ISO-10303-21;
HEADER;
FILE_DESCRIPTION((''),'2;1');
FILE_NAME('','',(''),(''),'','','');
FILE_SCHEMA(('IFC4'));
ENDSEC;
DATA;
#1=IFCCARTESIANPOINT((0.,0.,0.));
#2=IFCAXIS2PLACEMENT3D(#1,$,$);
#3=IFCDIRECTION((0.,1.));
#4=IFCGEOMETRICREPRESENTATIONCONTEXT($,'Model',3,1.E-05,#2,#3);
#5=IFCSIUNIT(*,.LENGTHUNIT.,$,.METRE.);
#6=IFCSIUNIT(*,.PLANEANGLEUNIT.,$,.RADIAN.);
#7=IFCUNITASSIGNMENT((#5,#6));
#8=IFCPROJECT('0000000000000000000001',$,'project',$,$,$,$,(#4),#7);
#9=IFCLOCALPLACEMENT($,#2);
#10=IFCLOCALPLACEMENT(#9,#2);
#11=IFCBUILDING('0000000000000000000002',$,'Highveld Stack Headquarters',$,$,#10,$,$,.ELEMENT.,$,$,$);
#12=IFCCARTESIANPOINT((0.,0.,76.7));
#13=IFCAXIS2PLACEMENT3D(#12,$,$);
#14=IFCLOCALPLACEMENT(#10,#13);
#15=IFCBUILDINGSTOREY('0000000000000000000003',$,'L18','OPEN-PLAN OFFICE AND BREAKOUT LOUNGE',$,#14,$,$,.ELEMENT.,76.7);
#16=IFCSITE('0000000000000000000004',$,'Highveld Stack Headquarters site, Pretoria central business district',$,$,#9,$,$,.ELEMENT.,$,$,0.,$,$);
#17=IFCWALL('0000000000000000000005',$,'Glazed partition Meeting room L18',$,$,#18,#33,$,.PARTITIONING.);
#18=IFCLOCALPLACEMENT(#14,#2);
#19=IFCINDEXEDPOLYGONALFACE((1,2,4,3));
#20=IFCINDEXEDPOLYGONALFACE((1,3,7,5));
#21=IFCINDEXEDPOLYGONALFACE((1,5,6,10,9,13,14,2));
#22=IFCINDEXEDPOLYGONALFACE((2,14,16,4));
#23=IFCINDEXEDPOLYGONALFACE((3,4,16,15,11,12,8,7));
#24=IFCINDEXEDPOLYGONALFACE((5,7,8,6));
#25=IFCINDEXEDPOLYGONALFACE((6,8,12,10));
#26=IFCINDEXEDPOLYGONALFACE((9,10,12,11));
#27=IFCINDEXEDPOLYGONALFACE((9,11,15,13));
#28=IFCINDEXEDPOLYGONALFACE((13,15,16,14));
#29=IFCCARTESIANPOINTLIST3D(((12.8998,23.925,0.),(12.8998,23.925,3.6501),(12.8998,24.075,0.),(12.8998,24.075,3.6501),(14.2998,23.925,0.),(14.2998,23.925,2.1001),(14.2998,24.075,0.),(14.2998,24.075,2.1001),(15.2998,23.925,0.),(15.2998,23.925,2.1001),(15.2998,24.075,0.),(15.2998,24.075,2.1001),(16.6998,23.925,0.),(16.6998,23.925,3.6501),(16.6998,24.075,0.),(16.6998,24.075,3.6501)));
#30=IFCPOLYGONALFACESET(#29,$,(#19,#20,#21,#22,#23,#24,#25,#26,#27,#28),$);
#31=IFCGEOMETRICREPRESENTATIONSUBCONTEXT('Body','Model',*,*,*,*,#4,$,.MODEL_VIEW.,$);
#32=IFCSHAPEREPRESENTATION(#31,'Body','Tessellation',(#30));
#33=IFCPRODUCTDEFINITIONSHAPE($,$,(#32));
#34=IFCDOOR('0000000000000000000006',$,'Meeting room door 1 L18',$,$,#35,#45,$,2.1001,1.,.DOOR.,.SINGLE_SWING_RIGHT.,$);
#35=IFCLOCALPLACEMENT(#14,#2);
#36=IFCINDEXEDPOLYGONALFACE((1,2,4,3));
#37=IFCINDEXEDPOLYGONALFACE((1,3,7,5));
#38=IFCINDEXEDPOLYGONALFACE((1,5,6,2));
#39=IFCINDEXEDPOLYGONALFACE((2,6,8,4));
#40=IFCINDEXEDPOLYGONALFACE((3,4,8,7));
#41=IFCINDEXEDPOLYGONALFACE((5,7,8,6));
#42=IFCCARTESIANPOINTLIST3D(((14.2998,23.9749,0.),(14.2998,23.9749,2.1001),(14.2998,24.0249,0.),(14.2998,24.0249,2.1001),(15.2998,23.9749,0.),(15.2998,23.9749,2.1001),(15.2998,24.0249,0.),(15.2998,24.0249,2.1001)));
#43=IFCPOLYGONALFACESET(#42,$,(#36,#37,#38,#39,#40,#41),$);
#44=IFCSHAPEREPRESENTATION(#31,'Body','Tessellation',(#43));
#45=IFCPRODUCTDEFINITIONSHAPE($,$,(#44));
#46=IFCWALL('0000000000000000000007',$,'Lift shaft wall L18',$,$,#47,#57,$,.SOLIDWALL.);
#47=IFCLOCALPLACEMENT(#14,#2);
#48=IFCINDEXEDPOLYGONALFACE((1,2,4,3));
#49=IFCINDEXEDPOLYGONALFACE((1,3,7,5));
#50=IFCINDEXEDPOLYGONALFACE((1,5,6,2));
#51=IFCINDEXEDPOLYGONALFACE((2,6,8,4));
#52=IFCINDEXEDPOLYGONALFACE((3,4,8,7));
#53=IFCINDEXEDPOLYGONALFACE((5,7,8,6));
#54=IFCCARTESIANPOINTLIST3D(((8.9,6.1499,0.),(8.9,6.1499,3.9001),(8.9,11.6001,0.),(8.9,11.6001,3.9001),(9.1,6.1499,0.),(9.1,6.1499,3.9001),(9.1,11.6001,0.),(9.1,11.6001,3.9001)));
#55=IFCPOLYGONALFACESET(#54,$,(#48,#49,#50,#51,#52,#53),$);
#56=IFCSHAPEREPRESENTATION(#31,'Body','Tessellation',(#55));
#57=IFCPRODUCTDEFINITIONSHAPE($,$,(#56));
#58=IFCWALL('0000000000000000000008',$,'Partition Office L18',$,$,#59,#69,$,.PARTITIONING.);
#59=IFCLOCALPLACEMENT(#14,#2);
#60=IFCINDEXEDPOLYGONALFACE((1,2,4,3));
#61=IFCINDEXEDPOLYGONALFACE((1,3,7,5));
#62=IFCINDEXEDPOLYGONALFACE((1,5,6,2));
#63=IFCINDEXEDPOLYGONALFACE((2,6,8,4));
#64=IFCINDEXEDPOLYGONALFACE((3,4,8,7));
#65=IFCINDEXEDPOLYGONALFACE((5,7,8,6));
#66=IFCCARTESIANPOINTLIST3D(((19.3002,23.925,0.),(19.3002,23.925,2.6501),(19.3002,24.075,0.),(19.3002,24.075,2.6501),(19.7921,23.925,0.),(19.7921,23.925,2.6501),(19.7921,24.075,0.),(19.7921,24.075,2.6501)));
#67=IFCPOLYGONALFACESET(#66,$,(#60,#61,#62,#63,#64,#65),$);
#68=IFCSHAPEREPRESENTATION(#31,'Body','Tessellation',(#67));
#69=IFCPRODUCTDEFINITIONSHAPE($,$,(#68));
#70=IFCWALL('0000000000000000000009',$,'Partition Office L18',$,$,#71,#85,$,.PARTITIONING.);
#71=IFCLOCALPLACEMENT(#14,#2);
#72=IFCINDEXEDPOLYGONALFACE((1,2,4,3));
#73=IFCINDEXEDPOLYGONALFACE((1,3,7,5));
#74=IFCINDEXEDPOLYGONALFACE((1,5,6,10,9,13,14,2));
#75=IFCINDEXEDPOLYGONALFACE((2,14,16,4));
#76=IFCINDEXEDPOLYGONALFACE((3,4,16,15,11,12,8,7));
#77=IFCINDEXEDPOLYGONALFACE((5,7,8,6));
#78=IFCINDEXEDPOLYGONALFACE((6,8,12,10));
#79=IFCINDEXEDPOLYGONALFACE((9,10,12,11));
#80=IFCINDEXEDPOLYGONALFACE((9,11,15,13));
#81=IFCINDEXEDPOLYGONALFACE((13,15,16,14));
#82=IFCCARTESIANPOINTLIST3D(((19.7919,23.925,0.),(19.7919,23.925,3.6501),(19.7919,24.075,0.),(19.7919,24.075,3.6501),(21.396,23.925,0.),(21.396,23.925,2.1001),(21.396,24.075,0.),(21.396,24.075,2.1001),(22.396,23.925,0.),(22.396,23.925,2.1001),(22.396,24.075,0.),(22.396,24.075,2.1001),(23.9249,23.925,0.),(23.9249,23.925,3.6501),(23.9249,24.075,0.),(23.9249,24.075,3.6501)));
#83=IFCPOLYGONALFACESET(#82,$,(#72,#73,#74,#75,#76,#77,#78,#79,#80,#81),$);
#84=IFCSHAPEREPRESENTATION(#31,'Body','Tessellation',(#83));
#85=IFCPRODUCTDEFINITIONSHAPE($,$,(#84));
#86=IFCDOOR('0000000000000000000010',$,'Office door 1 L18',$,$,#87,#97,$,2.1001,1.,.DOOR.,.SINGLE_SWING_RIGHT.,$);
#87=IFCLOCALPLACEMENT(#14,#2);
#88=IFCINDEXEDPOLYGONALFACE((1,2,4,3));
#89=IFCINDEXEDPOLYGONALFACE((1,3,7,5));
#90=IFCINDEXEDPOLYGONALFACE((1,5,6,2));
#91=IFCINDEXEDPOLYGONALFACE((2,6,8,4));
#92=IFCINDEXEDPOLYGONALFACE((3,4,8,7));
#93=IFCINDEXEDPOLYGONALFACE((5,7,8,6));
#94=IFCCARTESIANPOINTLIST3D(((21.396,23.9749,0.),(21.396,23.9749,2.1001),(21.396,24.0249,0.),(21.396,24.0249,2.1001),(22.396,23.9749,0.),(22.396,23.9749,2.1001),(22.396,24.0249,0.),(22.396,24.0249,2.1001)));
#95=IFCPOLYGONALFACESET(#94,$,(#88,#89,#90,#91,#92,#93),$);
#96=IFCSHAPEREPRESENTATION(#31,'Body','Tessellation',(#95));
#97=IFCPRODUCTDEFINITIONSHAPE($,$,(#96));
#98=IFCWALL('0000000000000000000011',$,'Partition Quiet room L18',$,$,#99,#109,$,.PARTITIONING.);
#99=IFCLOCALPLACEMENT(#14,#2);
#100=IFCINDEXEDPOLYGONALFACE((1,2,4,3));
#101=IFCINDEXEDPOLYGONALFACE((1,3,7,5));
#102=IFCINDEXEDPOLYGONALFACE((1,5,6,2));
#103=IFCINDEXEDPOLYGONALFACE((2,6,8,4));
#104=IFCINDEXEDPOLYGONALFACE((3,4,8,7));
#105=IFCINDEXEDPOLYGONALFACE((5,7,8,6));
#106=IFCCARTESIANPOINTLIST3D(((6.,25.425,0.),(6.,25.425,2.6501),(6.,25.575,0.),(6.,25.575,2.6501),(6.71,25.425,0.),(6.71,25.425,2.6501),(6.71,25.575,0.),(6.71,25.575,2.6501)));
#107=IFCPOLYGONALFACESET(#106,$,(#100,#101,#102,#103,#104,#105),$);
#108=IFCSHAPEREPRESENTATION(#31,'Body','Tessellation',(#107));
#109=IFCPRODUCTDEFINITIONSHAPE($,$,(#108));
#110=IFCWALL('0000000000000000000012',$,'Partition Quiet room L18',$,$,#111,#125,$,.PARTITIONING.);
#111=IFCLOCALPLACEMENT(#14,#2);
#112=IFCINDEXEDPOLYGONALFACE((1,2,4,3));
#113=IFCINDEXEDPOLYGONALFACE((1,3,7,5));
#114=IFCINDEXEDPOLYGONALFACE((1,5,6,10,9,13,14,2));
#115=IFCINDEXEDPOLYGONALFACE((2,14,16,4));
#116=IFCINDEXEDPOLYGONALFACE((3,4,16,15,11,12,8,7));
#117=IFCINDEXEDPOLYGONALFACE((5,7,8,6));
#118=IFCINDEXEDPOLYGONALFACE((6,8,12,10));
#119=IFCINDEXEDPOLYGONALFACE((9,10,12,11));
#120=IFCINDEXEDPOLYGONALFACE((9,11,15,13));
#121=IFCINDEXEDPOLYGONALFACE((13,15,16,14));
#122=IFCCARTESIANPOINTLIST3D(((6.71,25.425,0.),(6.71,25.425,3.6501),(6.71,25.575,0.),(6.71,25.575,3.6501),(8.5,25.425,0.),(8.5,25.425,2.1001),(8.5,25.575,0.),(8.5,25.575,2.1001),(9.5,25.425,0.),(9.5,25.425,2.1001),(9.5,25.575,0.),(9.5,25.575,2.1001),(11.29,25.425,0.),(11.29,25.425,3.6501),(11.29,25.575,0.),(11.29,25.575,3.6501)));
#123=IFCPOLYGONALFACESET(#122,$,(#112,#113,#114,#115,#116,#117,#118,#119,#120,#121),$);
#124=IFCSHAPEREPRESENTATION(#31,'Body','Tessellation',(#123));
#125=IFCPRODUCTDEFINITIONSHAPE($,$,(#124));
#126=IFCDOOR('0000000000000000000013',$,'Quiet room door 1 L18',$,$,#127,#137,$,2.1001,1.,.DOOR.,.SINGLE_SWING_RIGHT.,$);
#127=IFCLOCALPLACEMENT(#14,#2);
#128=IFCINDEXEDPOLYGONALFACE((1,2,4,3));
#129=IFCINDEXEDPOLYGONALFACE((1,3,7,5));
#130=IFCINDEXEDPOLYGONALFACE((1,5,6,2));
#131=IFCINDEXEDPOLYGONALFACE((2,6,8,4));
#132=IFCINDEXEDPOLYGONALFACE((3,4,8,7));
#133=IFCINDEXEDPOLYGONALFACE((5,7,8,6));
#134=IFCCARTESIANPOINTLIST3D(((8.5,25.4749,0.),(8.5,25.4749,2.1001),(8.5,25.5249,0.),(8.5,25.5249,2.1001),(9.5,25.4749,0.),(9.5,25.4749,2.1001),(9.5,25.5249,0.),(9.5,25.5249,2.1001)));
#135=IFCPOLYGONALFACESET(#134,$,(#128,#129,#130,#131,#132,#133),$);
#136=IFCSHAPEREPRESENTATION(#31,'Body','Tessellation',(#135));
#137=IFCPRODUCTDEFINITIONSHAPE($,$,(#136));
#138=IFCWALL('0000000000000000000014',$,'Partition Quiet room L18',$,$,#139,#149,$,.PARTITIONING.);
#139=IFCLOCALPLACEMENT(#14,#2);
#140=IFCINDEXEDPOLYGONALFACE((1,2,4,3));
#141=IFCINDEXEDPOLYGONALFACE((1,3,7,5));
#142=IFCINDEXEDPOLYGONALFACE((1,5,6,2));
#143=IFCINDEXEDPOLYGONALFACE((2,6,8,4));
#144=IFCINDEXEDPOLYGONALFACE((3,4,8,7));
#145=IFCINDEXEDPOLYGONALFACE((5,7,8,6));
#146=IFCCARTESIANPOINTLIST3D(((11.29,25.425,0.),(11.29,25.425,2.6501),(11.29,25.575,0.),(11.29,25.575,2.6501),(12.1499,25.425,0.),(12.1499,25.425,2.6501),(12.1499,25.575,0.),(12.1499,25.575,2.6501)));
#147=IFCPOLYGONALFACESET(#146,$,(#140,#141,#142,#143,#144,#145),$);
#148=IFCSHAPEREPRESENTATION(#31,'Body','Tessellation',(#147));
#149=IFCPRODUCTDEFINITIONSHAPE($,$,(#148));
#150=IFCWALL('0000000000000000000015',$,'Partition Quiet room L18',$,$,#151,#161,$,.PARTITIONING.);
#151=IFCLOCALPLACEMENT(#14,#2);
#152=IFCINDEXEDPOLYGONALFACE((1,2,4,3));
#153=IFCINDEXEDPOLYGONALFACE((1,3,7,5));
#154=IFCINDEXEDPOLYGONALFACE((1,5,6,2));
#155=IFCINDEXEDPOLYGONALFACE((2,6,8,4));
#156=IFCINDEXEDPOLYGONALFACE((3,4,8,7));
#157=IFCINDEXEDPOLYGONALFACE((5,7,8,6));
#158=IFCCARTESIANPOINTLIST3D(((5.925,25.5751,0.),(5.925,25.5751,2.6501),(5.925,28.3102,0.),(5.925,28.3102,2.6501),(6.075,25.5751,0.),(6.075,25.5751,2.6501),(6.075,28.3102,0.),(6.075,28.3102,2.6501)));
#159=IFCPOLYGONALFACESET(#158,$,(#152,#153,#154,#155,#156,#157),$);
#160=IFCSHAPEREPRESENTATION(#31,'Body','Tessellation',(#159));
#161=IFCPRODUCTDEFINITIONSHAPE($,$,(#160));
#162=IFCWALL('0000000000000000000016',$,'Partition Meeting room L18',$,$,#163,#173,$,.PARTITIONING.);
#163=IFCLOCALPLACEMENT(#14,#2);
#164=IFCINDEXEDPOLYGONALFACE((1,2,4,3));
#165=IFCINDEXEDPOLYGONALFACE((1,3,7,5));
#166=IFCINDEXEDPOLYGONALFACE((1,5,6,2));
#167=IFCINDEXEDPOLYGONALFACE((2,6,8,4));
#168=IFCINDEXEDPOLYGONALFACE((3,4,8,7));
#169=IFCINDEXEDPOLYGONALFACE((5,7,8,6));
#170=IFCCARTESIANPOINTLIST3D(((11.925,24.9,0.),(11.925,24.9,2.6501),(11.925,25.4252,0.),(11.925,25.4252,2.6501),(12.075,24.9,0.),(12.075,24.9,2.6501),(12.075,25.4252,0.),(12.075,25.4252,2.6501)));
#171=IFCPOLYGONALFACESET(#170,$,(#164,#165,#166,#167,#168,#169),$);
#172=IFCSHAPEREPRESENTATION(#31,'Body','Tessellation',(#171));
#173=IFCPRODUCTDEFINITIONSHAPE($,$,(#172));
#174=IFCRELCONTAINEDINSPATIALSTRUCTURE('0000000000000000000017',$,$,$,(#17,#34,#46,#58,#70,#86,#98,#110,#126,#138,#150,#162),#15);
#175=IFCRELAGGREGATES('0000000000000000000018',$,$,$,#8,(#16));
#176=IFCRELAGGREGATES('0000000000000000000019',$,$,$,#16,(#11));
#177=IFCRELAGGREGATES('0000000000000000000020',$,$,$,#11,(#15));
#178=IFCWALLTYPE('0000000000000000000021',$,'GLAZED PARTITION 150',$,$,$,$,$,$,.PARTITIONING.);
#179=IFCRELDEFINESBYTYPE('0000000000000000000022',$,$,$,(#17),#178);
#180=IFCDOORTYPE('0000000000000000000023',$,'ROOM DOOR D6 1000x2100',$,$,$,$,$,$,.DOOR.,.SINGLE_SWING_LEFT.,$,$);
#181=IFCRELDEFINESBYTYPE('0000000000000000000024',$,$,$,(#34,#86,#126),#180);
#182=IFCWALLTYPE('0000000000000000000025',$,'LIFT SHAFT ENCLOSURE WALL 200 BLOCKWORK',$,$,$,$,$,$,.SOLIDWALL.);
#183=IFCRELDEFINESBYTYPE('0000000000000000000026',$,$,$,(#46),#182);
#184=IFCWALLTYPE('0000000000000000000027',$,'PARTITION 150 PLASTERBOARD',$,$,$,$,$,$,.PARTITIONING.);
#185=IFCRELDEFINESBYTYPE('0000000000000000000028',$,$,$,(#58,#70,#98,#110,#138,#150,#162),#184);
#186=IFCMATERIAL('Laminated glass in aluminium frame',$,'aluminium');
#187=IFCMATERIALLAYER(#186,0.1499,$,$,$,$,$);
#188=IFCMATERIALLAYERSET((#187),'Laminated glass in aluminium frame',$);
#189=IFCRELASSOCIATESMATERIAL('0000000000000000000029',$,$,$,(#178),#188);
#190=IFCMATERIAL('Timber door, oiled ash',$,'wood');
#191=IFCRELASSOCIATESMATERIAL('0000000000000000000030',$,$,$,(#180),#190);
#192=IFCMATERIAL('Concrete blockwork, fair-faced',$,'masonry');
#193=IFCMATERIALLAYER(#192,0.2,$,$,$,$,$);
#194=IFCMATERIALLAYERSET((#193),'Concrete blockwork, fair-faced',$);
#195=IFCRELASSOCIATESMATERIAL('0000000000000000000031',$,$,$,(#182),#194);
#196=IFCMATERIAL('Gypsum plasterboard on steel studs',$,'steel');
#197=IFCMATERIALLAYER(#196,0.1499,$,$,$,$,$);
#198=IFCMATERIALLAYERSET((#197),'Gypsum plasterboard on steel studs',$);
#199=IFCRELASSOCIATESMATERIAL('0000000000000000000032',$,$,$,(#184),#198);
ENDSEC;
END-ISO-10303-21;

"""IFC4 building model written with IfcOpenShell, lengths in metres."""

from ifc_helpers import new_model, si_unit, direction, frame, frame_2d, origin, place, context, subcontext, project, spatial, rectangle, extrude, material, layer, layer_set, type_object, element, fill, save


model = new_model("IFC4")

# Units and contexts
model_context = context("Model", 3, precision=1e-05, world=origin(), true_north=direction((0.0, 1.0)))
body_context = subcontext(model_context, "Body", "Model", "MODEL_VIEW")
ifc_project = project(units=[si_unit("LENGTHUNIT", "METRE"), si_unit("PLANEANGLEUNIT", "RADIAN")], contexts=[model_context])

# Site, building, storey
site_placement = place(None, origin())
site = spatial("IfcSite", under=ifc_project, at=site_placement, Name="Highveld Stack Headquarters site, Pretoria central business district", CompositionType="ELEMENT", RefElevation=0.0)
building_placement = place(site_placement, origin())
building = spatial("IfcBuilding", under=site, at=building_placement, Name="Highveld Stack Headquarters", CompositionType="ELEMENT")
storey_placement = place(building_placement, frame((0.0, 0.0, 76.7)))
storey = spatial("IfcBuildingStorey", under=building, at=storey_placement, Name="L18", Description="OPEN-PLAN OFFICE AND BREAKOUT LOUNGE", CompositionType="ELEMENT", Elevation=76.7)

# Wall, opening, door
ifc_material_1 = material(Name="Laminated glass in aluminium frame", Category="aluminium")
ifc_layer_1 = layer(ifc_material_1, 0.1499)
ifc_layer_set_1 = layer_set([ifc_layer_1], Name="Laminated glass in aluminium frame")
wall_type_1 = type_object("IfcWallType", Name="GLAZED PARTITION 150", PredefinedType="PARTITIONING", material=ifc_layer_set_1)
wall_1_placement = place(storey_placement, frame((12.8999, 24.0, 0.0), z_axis=(0.0, 0.0, 1.0), x_axis=(1.0, 0.0, 0.0)))
wall_1 = element("IfcWall", 1, at=wall_1_placement, inside=storey, type_object=wall_type_1, Name="Glazed partition Meeting room L18", PredefinedType="PARTITIONING", context=body_context, shape_type="SweptSolid", body=[
    extrude(rectangle(XDim=3.8, YDim=0.1499, at=frame_2d((1.8999, 0.0))), origin(), (0.0, 0.0, 1.0), 3.6501),
])
opening_1_placement = place(wall_1_placement, frame((1.3999, 0.0, 0.0)))
opening_1 = element("IfcOpeningElement", 2, at=opening_1_placement, cuts=wall_1, PredefinedType="OPENING", context=body_context, shape_type="SweptSolid", body=[
    extrude(rectangle(XDim=1.0, YDim=2.1001, at=frame_2d((0.5, 1.05))), frame((0.0, 0.085, 0.0), z_axis=(0.0, -1.0, 0.0), x_axis=(1.0, 0.0, 0.0)), (0.0, 0.0, 1.0), 0.1699),
])
ifc_material_2 = material(Name="Timber door, oiled ash", Category="wood")
door_type = type_object("IfcDoorType", Name="ROOM DOOR D6 1000x2100", OperationType="SINGLE_SWING_LEFT", PredefinedType="DOOR", material=ifc_material_2)
door_1_placement = place(opening_1_placement, origin())
door_1 = element("IfcDoor", 3, at=door_1_placement, inside=storey, type_object=door_type, Name="Meeting room door 1 L18", OperationType="SINGLE_SWING_RIGHT", OverallHeight=2.1001, OverallWidth=1.0, PredefinedType="DOOR", context=body_context, shape_type="SweptSolid", body=[
    extrude(rectangle(XDim=1.0, YDim=2.1001, at=frame_2d((0.5, 1.05))), frame((0.0, 0.0249, 0.0), z_axis=(0.0, -1.0, 0.0), x_axis=(1.0, 0.0, 0.0)), (0.0, 0.0, 1.0), 0.05),
])
fill(opening_1, door_1)

# Walls
ifc_material_3 = material(Name="Concrete blockwork, fair-faced", Category="masonry")
ifc_layer_2 = layer(ifc_material_3, 0.2)
ifc_layer_set_2 = layer_set([ifc_layer_2], Name="Concrete blockwork, fair-faced")
wall_type_2 = type_object("IfcWallType", Name="LIFT SHAFT ENCLOSURE WALL 200 BLOCKWORK", PredefinedType="SOLIDWALL", material=ifc_layer_set_2)
wall_2_placement = place(storey_placement, frame((9.0, 6.1499, 0.0), z_axis=(0.0, 0.0, 1.0), x_axis=(0.0, 1.0, 0.0)))
element("IfcWall", 4, at=wall_2_placement, inside=storey, type_object=wall_type_2, Name="Lift shaft wall L18", PredefinedType="SOLIDWALL", context=body_context, shape_type="SweptSolid", body=[
    extrude(rectangle(XDim=5.4502, YDim=0.2, at=frame_2d((2.7251, 0.0))), origin(), (0.0, 0.0, 1.0), 3.9001),
])
ifc_material_4 = material(Name="Gypsum plasterboard on steel studs", Category="steel")
ifc_layer_3 = layer(ifc_material_4, 0.1499)
ifc_layer_set_3 = layer_set([ifc_layer_3], Name="Gypsum plasterboard on steel studs")
wall_type_3 = type_object("IfcWallType", Name="PARTITION 150 PLASTERBOARD", PredefinedType="PARTITIONING", material=ifc_layer_set_3)
wall_3_placement = place(storey_placement, frame((19.3, 24.0, 0.0), z_axis=(0.0, 0.0, 1.0), x_axis=(1.0, 0.0, 0.0)))
element("IfcWall", 5, at=wall_3_placement, inside=storey, type_object=wall_type_3, Name="Partition Office L18", PredefinedType="PARTITIONING", context=body_context, shape_type="SweptSolid", body=[
    extrude(rectangle(XDim=0.4919, YDim=0.1499, at=frame_2d((0.2461, 0.0))), origin(), (0.0, 0.0, 1.0), 2.6501),
])

# Wall, opening, door
wall_4_placement = place(storey_placement, frame((19.792, 24.0, 0.0), z_axis=(0.0, 0.0, 1.0), x_axis=(1.0, 0.0, 0.0)))
wall_4 = element("IfcWall", 6, at=wall_4_placement, inside=storey, type_object=wall_type_3, Name="Partition Office L18", PredefinedType="PARTITIONING", context=body_context, shape_type="SweptSolid", body=[
    extrude(rectangle(XDim=4.1331, YDim=0.1499, at=frame_2d((2.0664, 0.0))), origin(), (0.0, 0.0, 1.0), 3.6501),
])
opening_2_placement = place(wall_4_placement, frame((1.604, 0.0, 0.0)))
opening_2 = element("IfcOpeningElement", 7, at=opening_2_placement, cuts=wall_4, PredefinedType="OPENING", context=body_context, shape_type="SweptSolid", body=[
    extrude(rectangle(XDim=1.0, YDim=2.1001, at=frame_2d((0.5, 1.05))), frame((0.0, 0.085, 0.0), z_axis=(0.0, -1.0, 0.0), x_axis=(1.0, 0.0, 0.0)), (0.0, 0.0, 1.0), 0.1699),
])
door_2_placement = place(opening_2_placement, origin())
door_2 = element("IfcDoor", 8, at=door_2_placement, inside=storey, type_object=door_type, Name="Office door 1 L18", OperationType="SINGLE_SWING_RIGHT", OverallHeight=2.1001, OverallWidth=1.0, PredefinedType="DOOR", context=body_context, shape_type="SweptSolid", body=[
    extrude(rectangle(XDim=1.0, YDim=2.1001, at=frame_2d((0.5, 1.05))), frame((0.0, 0.0249, 0.0), z_axis=(0.0, -1.0, 0.0), x_axis=(1.0, 0.0, 0.0)), (0.0, 0.0, 1.0), 0.05),
])
fill(opening_2, door_2)

# Wall
wall_5_placement = place(storey_placement, frame((6.0, 25.5, 0.0), z_axis=(0.0, 0.0, 1.0), x_axis=(1.0, 0.0, 0.0)))
element("IfcWall", 9, at=wall_5_placement, inside=storey, type_object=wall_type_3, Name="Partition Quiet room L18", PredefinedType="PARTITIONING", context=body_context, shape_type="SweptSolid", body=[
    extrude(rectangle(XDim=0.71, YDim=0.1499, at=frame_2d((0.355, 0.0))), origin(), (0.0, 0.0, 1.0), 2.6501),
])

# Wall, opening, door
wall_6_placement = place(storey_placement, frame((6.71, 25.5, 0.0), z_axis=(0.0, 0.0, 1.0), x_axis=(1.0, 0.0, 0.0)))
wall_6 = element("IfcWall", 10, at=wall_6_placement, inside=storey, type_object=wall_type_3, Name="Partition Quiet room L18", PredefinedType="PARTITIONING", context=body_context, shape_type="SweptSolid", body=[
    extrude(rectangle(XDim=4.5801, YDim=0.1499, at=frame_2d((2.29, 0.0))), origin(), (0.0, 0.0, 1.0), 3.6501),
])
opening_3_placement = place(wall_6_placement, frame((1.79, 0.0, 0.0)))
opening_3 = element("IfcOpeningElement", 11, at=opening_3_placement, cuts=wall_6, PredefinedType="OPENING", context=body_context, shape_type="SweptSolid", body=[
    extrude(rectangle(XDim=1.0, YDim=2.1001, at=frame_2d((0.5, 1.05))), frame((0.0, 0.085, 0.0), z_axis=(0.0, -1.0, 0.0), x_axis=(1.0, 0.0, 0.0)), (0.0, 0.0, 1.0), 0.1699),
])
door_3_placement = place(opening_3_placement, origin())
door_3 = element("IfcDoor", 12, at=door_3_placement, inside=storey, type_object=door_type, Name="Quiet room door 1 L18", OperationType="SINGLE_SWING_RIGHT", OverallHeight=2.1001, OverallWidth=1.0, PredefinedType="DOOR", context=body_context, shape_type="SweptSolid", body=[
    extrude(rectangle(XDim=1.0, YDim=2.1001, at=frame_2d((0.5, 1.05))), frame((0.0, 0.0249, 0.0), z_axis=(0.0, -1.0, 0.0), x_axis=(1.0, 0.0, 0.0)), (0.0, 0.0, 1.0), 0.05),
])
fill(opening_3, door_3)

# Walls
wall_7_placement = place(storey_placement, frame((11.29, 25.5, 0.0), z_axis=(0.0, 0.0, 1.0), x_axis=(1.0, 0.0, 0.0)))
element("IfcWall", 13, at=wall_7_placement, inside=storey, type_object=wall_type_3, Name="Partition Quiet room L18", PredefinedType="PARTITIONING", context=body_context, shape_type="SweptSolid", body=[
    extrude(rectangle(XDim=0.8599, YDim=0.1499, at=frame_2d((0.4299, 0.0))), origin(), (0.0, 0.0, 1.0), 2.6501),
])
wall_8_placement = place(storey_placement, frame((6.0, 25.575, 0.0), z_axis=(0.0, 0.0, 1.0), x_axis=(0.0, 1.0, 0.0)))
element("IfcWall", 14, at=wall_8_placement, inside=storey, type_object=wall_type_3, Name="Partition Quiet room L18", PredefinedType="PARTITIONING", context=body_context, shape_type="SweptSolid", body=[
    extrude(rectangle(XDim=2.7351, YDim=0.1499, at=frame_2d((1.3677, 0.0))), origin(), (0.0, 0.0, 1.0), 2.6501),
])
wall_9_placement = place(storey_placement, frame((12.0, 24.8999, 0.0), z_axis=(0.0, 0.0, 1.0), x_axis=(0.0, 1.0, 0.0)))
element("IfcWall", 15, at=wall_9_placement, inside=storey, type_object=wall_type_3, Name="Partition Meeting room L18", PredefinedType="PARTITIONING", context=body_context, shape_type="SweptSolid", body=[
    extrude(rectangle(XDim=0.5251, YDim=0.1499, at=frame_2d((0.2627, 0.0))), origin(), (0.0, 0.0, 1.0), 2.6501),
])

save(model, "model.ifc")
